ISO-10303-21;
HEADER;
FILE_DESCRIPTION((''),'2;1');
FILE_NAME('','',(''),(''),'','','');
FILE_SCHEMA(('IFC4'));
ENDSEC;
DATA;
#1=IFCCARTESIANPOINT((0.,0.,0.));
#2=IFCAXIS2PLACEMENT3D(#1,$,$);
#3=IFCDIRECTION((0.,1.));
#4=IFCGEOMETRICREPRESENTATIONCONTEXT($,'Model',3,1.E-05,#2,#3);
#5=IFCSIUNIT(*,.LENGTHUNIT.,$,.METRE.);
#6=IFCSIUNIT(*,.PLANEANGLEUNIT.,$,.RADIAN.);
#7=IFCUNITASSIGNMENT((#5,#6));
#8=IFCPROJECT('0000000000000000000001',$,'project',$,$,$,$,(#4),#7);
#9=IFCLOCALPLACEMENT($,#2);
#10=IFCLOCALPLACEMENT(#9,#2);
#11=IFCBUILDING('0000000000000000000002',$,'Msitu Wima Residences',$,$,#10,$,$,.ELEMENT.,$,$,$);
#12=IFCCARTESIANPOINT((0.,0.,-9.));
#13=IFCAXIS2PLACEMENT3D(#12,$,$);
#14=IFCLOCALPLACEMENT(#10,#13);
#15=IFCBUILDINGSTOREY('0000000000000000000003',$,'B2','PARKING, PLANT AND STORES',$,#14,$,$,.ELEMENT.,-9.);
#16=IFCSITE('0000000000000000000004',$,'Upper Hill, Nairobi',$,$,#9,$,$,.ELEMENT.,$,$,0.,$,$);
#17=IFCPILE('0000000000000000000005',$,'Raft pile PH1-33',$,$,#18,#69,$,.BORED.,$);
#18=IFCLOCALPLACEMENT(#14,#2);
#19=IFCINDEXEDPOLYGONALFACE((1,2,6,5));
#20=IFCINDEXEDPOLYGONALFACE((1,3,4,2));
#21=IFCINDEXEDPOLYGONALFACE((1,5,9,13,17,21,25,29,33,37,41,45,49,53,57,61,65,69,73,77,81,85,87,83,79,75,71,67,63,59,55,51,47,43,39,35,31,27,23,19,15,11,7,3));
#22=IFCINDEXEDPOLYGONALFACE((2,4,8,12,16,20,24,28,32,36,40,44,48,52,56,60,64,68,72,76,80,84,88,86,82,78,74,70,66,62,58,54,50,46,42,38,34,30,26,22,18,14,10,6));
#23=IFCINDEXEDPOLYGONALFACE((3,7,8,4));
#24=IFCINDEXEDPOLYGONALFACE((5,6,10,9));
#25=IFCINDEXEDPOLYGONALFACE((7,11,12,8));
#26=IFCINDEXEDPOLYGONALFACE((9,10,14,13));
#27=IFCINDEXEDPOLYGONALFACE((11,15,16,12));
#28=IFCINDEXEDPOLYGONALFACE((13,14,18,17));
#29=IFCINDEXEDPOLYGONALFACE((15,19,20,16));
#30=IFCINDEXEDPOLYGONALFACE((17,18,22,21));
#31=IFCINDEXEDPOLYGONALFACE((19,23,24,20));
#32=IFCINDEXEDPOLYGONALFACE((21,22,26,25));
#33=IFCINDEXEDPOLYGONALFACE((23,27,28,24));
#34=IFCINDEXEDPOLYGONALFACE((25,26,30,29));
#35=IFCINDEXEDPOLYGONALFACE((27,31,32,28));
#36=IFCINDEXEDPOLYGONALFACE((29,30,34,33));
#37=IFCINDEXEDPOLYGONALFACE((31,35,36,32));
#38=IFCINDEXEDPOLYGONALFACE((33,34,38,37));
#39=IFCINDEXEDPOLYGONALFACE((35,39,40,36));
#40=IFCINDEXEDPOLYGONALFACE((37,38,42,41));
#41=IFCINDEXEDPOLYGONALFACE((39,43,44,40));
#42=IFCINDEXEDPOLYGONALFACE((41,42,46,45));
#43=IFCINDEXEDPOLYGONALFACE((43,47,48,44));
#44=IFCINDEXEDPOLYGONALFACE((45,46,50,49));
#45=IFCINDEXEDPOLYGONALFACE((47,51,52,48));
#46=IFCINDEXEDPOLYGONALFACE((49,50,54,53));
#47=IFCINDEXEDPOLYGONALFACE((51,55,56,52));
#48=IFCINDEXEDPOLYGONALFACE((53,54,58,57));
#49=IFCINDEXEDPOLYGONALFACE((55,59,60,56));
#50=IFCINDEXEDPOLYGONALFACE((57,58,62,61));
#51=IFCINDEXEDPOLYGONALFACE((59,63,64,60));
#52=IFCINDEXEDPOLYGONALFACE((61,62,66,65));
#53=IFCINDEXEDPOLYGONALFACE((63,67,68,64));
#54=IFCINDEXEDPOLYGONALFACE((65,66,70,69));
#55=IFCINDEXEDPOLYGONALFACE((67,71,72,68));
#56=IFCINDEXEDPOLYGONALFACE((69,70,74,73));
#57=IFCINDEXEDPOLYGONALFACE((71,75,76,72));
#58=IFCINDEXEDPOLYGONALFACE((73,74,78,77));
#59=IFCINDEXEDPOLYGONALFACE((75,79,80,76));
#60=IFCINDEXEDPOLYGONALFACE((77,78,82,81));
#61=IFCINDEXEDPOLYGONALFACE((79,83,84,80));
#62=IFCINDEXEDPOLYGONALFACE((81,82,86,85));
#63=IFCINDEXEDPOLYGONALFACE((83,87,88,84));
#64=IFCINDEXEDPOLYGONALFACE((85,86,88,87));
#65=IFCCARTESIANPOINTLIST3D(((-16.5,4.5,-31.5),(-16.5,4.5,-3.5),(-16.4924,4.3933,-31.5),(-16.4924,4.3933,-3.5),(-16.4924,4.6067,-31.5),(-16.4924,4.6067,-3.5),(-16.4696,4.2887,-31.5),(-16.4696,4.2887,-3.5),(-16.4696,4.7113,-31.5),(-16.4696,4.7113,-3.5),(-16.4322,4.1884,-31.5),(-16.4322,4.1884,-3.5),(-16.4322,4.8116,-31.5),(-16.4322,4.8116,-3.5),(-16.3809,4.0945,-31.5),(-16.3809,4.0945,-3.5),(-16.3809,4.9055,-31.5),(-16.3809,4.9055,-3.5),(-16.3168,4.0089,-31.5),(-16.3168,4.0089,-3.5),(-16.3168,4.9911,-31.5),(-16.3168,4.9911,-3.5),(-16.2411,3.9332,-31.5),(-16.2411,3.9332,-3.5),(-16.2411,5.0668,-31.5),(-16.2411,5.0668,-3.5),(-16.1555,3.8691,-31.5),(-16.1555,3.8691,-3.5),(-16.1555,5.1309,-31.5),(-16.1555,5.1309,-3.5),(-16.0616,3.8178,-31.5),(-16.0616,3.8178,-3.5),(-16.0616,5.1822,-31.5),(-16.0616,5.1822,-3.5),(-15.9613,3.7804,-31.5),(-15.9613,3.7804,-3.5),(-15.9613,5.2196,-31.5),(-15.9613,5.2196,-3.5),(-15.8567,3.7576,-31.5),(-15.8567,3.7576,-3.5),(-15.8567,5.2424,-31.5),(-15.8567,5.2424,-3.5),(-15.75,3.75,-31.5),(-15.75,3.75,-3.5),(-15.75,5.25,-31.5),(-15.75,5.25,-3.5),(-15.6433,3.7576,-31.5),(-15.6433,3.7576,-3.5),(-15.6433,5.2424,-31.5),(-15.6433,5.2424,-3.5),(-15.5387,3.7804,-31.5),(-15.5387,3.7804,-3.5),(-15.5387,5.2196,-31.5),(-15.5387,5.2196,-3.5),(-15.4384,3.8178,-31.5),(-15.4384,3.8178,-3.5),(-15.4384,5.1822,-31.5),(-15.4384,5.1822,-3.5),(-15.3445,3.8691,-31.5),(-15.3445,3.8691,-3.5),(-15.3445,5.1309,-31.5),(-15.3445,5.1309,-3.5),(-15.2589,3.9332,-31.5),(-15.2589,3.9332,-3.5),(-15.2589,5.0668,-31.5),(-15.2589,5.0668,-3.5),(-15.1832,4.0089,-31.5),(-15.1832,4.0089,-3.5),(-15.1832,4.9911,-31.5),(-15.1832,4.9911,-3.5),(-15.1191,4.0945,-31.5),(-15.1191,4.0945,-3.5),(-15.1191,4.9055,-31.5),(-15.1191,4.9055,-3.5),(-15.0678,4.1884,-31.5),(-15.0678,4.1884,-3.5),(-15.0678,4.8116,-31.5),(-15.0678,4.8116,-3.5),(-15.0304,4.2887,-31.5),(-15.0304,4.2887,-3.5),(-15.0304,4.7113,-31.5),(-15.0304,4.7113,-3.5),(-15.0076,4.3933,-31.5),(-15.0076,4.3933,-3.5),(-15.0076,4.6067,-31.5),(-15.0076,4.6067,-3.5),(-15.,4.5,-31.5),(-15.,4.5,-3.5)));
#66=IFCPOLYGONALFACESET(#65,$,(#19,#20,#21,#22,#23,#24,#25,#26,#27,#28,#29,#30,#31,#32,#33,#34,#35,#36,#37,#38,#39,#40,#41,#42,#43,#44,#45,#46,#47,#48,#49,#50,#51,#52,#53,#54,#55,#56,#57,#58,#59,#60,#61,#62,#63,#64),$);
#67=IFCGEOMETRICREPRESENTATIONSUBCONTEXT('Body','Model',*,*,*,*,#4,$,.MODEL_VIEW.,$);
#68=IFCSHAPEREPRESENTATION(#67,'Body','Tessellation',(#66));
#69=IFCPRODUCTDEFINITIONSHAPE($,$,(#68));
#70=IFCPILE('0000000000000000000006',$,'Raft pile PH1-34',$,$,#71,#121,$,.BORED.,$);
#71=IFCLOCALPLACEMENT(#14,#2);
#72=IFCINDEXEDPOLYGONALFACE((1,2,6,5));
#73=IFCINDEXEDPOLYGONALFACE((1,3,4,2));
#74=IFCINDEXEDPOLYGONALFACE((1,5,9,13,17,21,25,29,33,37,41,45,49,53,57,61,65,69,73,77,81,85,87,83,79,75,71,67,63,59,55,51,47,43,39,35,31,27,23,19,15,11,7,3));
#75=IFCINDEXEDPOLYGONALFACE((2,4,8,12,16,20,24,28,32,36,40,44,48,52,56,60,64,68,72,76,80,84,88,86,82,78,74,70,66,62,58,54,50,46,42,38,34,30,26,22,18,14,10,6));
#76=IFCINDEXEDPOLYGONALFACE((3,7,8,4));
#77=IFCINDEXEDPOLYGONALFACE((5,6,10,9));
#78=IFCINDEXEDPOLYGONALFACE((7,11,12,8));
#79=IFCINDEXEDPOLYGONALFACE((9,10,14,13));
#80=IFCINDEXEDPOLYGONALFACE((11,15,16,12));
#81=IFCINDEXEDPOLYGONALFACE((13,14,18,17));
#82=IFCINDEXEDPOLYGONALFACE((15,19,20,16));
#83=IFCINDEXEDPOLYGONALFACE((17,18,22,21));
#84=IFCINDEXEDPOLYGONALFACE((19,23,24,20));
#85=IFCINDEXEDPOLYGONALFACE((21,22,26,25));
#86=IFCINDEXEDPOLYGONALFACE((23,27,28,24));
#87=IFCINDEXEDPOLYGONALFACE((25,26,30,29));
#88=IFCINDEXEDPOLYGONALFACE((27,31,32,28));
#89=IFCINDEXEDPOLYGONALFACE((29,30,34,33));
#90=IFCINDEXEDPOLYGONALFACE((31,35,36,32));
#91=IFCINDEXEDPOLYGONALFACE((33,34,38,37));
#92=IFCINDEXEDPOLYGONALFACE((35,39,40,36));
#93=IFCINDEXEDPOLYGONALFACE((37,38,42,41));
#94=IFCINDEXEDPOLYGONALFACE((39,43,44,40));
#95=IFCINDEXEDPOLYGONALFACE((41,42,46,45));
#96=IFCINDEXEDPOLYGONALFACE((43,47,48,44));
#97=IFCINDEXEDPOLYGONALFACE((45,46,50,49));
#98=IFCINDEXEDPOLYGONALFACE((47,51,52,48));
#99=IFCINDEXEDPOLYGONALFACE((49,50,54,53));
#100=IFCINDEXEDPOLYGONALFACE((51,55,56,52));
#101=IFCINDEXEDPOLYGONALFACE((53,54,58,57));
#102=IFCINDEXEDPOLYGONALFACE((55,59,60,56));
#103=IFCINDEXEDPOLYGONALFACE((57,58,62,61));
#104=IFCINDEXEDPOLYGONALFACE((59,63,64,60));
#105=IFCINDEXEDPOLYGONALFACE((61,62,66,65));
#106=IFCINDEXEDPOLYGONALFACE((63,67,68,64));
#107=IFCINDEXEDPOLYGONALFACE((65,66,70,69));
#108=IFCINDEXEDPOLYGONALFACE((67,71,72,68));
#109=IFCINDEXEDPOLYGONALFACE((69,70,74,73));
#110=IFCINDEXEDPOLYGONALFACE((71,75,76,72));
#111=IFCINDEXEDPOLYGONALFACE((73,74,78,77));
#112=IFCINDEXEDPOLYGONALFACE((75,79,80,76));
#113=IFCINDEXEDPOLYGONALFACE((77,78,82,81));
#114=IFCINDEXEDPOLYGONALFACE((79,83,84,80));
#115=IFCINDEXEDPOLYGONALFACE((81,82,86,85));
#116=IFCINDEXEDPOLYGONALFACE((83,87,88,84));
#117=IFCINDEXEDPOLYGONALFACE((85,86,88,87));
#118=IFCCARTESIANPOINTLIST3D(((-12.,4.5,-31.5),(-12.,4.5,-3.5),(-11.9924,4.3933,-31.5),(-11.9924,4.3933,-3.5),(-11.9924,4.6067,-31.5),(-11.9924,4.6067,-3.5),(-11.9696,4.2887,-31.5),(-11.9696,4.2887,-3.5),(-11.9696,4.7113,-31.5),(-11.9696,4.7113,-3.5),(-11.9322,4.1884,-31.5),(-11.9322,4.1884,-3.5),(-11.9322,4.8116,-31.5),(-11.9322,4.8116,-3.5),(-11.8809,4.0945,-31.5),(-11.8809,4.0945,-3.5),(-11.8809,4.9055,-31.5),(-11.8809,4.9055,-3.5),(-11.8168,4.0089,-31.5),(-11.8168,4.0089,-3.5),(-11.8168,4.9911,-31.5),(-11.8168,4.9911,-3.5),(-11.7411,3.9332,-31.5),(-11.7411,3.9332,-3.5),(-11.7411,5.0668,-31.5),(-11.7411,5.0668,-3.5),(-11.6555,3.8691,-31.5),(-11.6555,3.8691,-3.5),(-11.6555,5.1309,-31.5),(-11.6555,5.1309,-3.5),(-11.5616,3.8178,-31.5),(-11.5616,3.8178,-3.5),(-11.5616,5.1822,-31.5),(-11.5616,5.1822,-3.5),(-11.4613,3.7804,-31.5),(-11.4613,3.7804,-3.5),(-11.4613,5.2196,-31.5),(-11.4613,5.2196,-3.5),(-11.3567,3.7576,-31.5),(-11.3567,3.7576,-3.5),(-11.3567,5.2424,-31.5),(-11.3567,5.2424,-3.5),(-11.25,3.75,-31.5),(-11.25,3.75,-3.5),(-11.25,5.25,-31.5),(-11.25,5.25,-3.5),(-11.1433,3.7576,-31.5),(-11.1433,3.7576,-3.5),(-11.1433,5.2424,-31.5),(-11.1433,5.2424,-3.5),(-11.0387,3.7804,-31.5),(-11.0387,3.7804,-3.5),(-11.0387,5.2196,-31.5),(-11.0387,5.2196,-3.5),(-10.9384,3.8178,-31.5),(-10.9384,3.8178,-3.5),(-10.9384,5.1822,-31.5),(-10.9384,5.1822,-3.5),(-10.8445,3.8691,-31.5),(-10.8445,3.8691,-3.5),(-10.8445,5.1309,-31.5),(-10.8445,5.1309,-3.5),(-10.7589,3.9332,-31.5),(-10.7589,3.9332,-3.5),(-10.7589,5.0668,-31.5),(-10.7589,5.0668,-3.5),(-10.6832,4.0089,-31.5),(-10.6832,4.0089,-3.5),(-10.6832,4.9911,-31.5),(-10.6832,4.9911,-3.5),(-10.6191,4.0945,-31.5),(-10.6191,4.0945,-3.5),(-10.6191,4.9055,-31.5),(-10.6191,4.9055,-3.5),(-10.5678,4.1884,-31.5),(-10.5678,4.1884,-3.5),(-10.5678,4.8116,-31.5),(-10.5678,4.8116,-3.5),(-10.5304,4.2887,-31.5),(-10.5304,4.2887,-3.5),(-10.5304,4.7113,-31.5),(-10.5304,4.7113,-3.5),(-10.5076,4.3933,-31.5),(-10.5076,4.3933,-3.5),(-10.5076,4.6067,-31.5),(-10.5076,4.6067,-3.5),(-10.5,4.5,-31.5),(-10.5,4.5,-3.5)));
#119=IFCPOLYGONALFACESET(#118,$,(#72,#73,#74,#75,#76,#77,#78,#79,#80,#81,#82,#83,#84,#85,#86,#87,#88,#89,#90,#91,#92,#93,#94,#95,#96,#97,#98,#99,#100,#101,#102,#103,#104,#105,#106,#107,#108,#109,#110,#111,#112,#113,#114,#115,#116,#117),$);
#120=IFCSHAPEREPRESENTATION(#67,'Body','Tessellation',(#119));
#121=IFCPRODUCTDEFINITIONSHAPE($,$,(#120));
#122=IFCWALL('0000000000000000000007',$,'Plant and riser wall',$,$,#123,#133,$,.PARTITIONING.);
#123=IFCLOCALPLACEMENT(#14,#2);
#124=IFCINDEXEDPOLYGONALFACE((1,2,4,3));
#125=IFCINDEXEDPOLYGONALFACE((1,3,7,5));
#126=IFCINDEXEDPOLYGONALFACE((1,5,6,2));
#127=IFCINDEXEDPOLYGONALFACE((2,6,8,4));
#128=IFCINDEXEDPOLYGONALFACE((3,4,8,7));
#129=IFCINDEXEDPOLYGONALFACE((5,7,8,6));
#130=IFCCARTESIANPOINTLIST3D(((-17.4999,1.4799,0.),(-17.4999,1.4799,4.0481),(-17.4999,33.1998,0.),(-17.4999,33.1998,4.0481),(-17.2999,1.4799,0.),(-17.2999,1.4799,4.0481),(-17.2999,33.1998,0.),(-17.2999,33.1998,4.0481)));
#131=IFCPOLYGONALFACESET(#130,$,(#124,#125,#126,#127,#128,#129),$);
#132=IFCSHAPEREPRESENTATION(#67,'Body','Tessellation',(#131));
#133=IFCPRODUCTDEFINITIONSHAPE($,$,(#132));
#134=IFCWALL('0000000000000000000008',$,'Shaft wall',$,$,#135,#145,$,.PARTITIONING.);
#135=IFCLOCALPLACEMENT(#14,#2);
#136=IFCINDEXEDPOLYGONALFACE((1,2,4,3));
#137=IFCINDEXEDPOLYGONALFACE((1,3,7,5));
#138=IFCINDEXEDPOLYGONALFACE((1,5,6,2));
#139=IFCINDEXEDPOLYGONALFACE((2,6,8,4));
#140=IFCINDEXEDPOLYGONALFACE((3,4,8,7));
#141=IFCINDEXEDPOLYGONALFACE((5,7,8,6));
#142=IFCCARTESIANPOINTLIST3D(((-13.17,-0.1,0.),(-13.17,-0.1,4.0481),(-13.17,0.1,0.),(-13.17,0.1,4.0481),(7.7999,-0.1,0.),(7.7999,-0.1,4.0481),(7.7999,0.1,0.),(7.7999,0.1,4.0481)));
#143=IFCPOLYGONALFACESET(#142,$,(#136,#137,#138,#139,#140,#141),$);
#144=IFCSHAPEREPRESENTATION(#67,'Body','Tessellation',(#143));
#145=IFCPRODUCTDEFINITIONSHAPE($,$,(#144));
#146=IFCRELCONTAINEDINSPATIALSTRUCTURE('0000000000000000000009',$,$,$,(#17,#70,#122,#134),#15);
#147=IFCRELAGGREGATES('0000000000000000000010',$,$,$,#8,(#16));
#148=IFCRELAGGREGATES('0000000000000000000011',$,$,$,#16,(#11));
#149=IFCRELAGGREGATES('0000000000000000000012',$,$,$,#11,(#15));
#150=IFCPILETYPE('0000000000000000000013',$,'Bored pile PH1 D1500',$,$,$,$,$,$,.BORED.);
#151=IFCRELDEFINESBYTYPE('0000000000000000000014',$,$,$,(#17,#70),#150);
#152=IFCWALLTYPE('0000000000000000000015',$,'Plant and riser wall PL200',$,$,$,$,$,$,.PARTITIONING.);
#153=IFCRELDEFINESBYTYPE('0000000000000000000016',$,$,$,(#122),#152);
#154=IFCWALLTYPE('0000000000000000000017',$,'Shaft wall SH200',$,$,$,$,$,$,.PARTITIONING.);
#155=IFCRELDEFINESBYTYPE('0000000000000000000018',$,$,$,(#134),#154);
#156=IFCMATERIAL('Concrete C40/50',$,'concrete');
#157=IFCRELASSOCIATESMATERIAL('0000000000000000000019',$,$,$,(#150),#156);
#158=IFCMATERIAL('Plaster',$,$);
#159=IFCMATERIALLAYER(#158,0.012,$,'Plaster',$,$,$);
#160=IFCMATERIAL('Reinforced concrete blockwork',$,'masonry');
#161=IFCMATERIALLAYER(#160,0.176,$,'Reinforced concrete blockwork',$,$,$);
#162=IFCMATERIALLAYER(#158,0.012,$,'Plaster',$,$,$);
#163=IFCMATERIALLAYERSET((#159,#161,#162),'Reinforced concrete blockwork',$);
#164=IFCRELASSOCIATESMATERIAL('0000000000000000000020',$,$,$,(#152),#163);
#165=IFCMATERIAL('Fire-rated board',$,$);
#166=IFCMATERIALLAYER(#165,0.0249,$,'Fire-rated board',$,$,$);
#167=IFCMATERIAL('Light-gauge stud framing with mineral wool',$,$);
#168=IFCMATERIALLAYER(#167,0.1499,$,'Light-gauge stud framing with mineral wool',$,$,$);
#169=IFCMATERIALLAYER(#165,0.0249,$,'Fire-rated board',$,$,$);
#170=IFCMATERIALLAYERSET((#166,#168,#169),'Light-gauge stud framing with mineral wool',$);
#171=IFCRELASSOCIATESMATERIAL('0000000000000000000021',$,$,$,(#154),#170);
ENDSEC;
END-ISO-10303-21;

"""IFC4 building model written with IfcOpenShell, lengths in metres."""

from ifc_helpers import new_model, si_unit, direction, frame, frame_2d, origin, origin_2d, place, context, subcontext, project, spatial, rectangle, circle, extrude, material, layer, layer_set, type_object, element, save


model = new_model("IFC4")

# Units and contexts
model_context = context("Model", 3, precision=1e-05, world=origin(), true_north=direction((0.0, 1.0)))
body_context = subcontext(model_context, "Body", "Model", "MODEL_VIEW")
ifc_project = project(units=[si_unit("LENGTHUNIT", "METRE"), si_unit("PLANEANGLEUNIT", "RADIAN")], contexts=[model_context])

# Site, building, storey
site_placement = place(None, origin())
site = spatial("IfcSite", under=ifc_project, at=site_placement, Name="Upper Hill, Nairobi", CompositionType="ELEMENT", RefElevation=0.0)
building_placement = place(site_placement, origin())
building = spatial("IfcBuilding", under=site, at=building_placement, Name="Msitu Wima Residences", CompositionType="ELEMENT")
storey_placement = place(building_placement, frame((0.0, 0.0, -9.0)))
storey = spatial("IfcBuildingStorey", under=building, at=storey_placement, Name="B2", Description="PARKING, PLANT AND STORES", CompositionType="ELEMENT", Elevation=-9.0)

# Piles
ifc_material_1 = material(Name="Concrete C40/50", Category="concrete")
pile_type = type_object("IfcPileType", Name="Bored pile PH1 D1500", PredefinedType="BORED", material=ifc_material_1)
for number, where, z_axis, x_axis, name in (
    (1, (-15.75, 4.5, -3.5), (0.0, 0.0, -1.0), (1.0, 0.0, 0.0), "Raft pile PH1-33"),
    (2, (-11.25, 4.5, -3.5), (0.0, 0.0, -1.0), (1.0, 0.0, 0.0), "Raft pile PH1-34"),
):
    element("IfcPile", number, at=place(storey_placement, frame(where, z_axis=z_axis, x_axis=x_axis)), inside=storey, type_object=pile_type, Name=name, PredefinedType="BORED", context=body_context, shape_type="SweptSolid", body=[
        extrude(circle(Radius=0.75, at=origin_2d()), origin(), (0.0, 0.0, 1.0), 28.0),
    ])

# Walls
ifc_material_2 = material(Name="Plaster")
ifc_layer_1 = layer(ifc_material_2, 0.012, Name="Plaster")
ifc_material_3 = material(Name="Reinforced concrete blockwork", Category="masonry")
ifc_layer_2 = layer(ifc_material_3, 0.176, Name="Reinforced concrete blockwork")
ifc_layer_3 = layer(ifc_material_2, 0.012, Name="Plaster")
ifc_layer_set_1 = layer_set([ifc_layer_1, ifc_layer_2, ifc_layer_3], Name="Reinforced concrete blockwork")
wall_type_1 = type_object("IfcWallType", Name="Plant and riser wall PL200", PredefinedType="PARTITIONING", material=ifc_layer_set_1)
wall_1_placement = place(storey_placement, frame((-17.3999, 1.48, 0.0), z_axis=(0.0, 0.0, 1.0), x_axis=(0.0, 1.0, 0.0)))
element("IfcWall", 3, at=wall_1_placement, inside=storey, type_object=wall_type_1, Name="Plant and riser wall", PredefinedType="PARTITIONING", context=body_context, shape_type="SweptSolid", body=[
    extrude(rectangle(XDim=31.72, YDim=0.2, at=frame_2d((15.8599, 0.0))), origin(), (0.0, 0.0, 1.0), 4.0481),
])
ifc_material_4 = material(Name="Fire-rated board")
ifc_layer_4 = layer(ifc_material_4, 0.0249, Name="Fire-rated board")
ifc_material_5 = material(Name="Light-gauge stud framing with mineral wool")
ifc_layer_5 = layer(ifc_material_5, 0.1499, Name="Light-gauge stud framing with mineral wool")
ifc_layer_6 = layer(ifc_material_4, 0.0249, Name="Fire-rated board")
ifc_layer_set_2 = layer_set([ifc_layer_4, ifc_layer_5, ifc_layer_6], Name="Light-gauge stud framing with mineral wool")
wall_type_2 = type_object("IfcWallType", Name="Shaft wall SH200", PredefinedType="PARTITIONING", material=ifc_layer_set_2)
wall_2_placement = place(storey_placement, frame((-13.1699, 0.0, 0.0), z_axis=(0.0, 0.0, 1.0), x_axis=(1.0, 0.0, 0.0)))
element("IfcWall", 4, at=wall_2_placement, inside=storey, type_object=wall_type_2, Name="Shaft wall", PredefinedType="PARTITIONING", context=body_context, shape_type="SweptSolid", body=[
    extrude(rectangle(XDim=20.97, YDim=0.2, at=frame_2d((10.4849, 0.0))), origin(), (0.0, 0.0, 1.0), 4.0481),
])

save(model, "model.ifc")
